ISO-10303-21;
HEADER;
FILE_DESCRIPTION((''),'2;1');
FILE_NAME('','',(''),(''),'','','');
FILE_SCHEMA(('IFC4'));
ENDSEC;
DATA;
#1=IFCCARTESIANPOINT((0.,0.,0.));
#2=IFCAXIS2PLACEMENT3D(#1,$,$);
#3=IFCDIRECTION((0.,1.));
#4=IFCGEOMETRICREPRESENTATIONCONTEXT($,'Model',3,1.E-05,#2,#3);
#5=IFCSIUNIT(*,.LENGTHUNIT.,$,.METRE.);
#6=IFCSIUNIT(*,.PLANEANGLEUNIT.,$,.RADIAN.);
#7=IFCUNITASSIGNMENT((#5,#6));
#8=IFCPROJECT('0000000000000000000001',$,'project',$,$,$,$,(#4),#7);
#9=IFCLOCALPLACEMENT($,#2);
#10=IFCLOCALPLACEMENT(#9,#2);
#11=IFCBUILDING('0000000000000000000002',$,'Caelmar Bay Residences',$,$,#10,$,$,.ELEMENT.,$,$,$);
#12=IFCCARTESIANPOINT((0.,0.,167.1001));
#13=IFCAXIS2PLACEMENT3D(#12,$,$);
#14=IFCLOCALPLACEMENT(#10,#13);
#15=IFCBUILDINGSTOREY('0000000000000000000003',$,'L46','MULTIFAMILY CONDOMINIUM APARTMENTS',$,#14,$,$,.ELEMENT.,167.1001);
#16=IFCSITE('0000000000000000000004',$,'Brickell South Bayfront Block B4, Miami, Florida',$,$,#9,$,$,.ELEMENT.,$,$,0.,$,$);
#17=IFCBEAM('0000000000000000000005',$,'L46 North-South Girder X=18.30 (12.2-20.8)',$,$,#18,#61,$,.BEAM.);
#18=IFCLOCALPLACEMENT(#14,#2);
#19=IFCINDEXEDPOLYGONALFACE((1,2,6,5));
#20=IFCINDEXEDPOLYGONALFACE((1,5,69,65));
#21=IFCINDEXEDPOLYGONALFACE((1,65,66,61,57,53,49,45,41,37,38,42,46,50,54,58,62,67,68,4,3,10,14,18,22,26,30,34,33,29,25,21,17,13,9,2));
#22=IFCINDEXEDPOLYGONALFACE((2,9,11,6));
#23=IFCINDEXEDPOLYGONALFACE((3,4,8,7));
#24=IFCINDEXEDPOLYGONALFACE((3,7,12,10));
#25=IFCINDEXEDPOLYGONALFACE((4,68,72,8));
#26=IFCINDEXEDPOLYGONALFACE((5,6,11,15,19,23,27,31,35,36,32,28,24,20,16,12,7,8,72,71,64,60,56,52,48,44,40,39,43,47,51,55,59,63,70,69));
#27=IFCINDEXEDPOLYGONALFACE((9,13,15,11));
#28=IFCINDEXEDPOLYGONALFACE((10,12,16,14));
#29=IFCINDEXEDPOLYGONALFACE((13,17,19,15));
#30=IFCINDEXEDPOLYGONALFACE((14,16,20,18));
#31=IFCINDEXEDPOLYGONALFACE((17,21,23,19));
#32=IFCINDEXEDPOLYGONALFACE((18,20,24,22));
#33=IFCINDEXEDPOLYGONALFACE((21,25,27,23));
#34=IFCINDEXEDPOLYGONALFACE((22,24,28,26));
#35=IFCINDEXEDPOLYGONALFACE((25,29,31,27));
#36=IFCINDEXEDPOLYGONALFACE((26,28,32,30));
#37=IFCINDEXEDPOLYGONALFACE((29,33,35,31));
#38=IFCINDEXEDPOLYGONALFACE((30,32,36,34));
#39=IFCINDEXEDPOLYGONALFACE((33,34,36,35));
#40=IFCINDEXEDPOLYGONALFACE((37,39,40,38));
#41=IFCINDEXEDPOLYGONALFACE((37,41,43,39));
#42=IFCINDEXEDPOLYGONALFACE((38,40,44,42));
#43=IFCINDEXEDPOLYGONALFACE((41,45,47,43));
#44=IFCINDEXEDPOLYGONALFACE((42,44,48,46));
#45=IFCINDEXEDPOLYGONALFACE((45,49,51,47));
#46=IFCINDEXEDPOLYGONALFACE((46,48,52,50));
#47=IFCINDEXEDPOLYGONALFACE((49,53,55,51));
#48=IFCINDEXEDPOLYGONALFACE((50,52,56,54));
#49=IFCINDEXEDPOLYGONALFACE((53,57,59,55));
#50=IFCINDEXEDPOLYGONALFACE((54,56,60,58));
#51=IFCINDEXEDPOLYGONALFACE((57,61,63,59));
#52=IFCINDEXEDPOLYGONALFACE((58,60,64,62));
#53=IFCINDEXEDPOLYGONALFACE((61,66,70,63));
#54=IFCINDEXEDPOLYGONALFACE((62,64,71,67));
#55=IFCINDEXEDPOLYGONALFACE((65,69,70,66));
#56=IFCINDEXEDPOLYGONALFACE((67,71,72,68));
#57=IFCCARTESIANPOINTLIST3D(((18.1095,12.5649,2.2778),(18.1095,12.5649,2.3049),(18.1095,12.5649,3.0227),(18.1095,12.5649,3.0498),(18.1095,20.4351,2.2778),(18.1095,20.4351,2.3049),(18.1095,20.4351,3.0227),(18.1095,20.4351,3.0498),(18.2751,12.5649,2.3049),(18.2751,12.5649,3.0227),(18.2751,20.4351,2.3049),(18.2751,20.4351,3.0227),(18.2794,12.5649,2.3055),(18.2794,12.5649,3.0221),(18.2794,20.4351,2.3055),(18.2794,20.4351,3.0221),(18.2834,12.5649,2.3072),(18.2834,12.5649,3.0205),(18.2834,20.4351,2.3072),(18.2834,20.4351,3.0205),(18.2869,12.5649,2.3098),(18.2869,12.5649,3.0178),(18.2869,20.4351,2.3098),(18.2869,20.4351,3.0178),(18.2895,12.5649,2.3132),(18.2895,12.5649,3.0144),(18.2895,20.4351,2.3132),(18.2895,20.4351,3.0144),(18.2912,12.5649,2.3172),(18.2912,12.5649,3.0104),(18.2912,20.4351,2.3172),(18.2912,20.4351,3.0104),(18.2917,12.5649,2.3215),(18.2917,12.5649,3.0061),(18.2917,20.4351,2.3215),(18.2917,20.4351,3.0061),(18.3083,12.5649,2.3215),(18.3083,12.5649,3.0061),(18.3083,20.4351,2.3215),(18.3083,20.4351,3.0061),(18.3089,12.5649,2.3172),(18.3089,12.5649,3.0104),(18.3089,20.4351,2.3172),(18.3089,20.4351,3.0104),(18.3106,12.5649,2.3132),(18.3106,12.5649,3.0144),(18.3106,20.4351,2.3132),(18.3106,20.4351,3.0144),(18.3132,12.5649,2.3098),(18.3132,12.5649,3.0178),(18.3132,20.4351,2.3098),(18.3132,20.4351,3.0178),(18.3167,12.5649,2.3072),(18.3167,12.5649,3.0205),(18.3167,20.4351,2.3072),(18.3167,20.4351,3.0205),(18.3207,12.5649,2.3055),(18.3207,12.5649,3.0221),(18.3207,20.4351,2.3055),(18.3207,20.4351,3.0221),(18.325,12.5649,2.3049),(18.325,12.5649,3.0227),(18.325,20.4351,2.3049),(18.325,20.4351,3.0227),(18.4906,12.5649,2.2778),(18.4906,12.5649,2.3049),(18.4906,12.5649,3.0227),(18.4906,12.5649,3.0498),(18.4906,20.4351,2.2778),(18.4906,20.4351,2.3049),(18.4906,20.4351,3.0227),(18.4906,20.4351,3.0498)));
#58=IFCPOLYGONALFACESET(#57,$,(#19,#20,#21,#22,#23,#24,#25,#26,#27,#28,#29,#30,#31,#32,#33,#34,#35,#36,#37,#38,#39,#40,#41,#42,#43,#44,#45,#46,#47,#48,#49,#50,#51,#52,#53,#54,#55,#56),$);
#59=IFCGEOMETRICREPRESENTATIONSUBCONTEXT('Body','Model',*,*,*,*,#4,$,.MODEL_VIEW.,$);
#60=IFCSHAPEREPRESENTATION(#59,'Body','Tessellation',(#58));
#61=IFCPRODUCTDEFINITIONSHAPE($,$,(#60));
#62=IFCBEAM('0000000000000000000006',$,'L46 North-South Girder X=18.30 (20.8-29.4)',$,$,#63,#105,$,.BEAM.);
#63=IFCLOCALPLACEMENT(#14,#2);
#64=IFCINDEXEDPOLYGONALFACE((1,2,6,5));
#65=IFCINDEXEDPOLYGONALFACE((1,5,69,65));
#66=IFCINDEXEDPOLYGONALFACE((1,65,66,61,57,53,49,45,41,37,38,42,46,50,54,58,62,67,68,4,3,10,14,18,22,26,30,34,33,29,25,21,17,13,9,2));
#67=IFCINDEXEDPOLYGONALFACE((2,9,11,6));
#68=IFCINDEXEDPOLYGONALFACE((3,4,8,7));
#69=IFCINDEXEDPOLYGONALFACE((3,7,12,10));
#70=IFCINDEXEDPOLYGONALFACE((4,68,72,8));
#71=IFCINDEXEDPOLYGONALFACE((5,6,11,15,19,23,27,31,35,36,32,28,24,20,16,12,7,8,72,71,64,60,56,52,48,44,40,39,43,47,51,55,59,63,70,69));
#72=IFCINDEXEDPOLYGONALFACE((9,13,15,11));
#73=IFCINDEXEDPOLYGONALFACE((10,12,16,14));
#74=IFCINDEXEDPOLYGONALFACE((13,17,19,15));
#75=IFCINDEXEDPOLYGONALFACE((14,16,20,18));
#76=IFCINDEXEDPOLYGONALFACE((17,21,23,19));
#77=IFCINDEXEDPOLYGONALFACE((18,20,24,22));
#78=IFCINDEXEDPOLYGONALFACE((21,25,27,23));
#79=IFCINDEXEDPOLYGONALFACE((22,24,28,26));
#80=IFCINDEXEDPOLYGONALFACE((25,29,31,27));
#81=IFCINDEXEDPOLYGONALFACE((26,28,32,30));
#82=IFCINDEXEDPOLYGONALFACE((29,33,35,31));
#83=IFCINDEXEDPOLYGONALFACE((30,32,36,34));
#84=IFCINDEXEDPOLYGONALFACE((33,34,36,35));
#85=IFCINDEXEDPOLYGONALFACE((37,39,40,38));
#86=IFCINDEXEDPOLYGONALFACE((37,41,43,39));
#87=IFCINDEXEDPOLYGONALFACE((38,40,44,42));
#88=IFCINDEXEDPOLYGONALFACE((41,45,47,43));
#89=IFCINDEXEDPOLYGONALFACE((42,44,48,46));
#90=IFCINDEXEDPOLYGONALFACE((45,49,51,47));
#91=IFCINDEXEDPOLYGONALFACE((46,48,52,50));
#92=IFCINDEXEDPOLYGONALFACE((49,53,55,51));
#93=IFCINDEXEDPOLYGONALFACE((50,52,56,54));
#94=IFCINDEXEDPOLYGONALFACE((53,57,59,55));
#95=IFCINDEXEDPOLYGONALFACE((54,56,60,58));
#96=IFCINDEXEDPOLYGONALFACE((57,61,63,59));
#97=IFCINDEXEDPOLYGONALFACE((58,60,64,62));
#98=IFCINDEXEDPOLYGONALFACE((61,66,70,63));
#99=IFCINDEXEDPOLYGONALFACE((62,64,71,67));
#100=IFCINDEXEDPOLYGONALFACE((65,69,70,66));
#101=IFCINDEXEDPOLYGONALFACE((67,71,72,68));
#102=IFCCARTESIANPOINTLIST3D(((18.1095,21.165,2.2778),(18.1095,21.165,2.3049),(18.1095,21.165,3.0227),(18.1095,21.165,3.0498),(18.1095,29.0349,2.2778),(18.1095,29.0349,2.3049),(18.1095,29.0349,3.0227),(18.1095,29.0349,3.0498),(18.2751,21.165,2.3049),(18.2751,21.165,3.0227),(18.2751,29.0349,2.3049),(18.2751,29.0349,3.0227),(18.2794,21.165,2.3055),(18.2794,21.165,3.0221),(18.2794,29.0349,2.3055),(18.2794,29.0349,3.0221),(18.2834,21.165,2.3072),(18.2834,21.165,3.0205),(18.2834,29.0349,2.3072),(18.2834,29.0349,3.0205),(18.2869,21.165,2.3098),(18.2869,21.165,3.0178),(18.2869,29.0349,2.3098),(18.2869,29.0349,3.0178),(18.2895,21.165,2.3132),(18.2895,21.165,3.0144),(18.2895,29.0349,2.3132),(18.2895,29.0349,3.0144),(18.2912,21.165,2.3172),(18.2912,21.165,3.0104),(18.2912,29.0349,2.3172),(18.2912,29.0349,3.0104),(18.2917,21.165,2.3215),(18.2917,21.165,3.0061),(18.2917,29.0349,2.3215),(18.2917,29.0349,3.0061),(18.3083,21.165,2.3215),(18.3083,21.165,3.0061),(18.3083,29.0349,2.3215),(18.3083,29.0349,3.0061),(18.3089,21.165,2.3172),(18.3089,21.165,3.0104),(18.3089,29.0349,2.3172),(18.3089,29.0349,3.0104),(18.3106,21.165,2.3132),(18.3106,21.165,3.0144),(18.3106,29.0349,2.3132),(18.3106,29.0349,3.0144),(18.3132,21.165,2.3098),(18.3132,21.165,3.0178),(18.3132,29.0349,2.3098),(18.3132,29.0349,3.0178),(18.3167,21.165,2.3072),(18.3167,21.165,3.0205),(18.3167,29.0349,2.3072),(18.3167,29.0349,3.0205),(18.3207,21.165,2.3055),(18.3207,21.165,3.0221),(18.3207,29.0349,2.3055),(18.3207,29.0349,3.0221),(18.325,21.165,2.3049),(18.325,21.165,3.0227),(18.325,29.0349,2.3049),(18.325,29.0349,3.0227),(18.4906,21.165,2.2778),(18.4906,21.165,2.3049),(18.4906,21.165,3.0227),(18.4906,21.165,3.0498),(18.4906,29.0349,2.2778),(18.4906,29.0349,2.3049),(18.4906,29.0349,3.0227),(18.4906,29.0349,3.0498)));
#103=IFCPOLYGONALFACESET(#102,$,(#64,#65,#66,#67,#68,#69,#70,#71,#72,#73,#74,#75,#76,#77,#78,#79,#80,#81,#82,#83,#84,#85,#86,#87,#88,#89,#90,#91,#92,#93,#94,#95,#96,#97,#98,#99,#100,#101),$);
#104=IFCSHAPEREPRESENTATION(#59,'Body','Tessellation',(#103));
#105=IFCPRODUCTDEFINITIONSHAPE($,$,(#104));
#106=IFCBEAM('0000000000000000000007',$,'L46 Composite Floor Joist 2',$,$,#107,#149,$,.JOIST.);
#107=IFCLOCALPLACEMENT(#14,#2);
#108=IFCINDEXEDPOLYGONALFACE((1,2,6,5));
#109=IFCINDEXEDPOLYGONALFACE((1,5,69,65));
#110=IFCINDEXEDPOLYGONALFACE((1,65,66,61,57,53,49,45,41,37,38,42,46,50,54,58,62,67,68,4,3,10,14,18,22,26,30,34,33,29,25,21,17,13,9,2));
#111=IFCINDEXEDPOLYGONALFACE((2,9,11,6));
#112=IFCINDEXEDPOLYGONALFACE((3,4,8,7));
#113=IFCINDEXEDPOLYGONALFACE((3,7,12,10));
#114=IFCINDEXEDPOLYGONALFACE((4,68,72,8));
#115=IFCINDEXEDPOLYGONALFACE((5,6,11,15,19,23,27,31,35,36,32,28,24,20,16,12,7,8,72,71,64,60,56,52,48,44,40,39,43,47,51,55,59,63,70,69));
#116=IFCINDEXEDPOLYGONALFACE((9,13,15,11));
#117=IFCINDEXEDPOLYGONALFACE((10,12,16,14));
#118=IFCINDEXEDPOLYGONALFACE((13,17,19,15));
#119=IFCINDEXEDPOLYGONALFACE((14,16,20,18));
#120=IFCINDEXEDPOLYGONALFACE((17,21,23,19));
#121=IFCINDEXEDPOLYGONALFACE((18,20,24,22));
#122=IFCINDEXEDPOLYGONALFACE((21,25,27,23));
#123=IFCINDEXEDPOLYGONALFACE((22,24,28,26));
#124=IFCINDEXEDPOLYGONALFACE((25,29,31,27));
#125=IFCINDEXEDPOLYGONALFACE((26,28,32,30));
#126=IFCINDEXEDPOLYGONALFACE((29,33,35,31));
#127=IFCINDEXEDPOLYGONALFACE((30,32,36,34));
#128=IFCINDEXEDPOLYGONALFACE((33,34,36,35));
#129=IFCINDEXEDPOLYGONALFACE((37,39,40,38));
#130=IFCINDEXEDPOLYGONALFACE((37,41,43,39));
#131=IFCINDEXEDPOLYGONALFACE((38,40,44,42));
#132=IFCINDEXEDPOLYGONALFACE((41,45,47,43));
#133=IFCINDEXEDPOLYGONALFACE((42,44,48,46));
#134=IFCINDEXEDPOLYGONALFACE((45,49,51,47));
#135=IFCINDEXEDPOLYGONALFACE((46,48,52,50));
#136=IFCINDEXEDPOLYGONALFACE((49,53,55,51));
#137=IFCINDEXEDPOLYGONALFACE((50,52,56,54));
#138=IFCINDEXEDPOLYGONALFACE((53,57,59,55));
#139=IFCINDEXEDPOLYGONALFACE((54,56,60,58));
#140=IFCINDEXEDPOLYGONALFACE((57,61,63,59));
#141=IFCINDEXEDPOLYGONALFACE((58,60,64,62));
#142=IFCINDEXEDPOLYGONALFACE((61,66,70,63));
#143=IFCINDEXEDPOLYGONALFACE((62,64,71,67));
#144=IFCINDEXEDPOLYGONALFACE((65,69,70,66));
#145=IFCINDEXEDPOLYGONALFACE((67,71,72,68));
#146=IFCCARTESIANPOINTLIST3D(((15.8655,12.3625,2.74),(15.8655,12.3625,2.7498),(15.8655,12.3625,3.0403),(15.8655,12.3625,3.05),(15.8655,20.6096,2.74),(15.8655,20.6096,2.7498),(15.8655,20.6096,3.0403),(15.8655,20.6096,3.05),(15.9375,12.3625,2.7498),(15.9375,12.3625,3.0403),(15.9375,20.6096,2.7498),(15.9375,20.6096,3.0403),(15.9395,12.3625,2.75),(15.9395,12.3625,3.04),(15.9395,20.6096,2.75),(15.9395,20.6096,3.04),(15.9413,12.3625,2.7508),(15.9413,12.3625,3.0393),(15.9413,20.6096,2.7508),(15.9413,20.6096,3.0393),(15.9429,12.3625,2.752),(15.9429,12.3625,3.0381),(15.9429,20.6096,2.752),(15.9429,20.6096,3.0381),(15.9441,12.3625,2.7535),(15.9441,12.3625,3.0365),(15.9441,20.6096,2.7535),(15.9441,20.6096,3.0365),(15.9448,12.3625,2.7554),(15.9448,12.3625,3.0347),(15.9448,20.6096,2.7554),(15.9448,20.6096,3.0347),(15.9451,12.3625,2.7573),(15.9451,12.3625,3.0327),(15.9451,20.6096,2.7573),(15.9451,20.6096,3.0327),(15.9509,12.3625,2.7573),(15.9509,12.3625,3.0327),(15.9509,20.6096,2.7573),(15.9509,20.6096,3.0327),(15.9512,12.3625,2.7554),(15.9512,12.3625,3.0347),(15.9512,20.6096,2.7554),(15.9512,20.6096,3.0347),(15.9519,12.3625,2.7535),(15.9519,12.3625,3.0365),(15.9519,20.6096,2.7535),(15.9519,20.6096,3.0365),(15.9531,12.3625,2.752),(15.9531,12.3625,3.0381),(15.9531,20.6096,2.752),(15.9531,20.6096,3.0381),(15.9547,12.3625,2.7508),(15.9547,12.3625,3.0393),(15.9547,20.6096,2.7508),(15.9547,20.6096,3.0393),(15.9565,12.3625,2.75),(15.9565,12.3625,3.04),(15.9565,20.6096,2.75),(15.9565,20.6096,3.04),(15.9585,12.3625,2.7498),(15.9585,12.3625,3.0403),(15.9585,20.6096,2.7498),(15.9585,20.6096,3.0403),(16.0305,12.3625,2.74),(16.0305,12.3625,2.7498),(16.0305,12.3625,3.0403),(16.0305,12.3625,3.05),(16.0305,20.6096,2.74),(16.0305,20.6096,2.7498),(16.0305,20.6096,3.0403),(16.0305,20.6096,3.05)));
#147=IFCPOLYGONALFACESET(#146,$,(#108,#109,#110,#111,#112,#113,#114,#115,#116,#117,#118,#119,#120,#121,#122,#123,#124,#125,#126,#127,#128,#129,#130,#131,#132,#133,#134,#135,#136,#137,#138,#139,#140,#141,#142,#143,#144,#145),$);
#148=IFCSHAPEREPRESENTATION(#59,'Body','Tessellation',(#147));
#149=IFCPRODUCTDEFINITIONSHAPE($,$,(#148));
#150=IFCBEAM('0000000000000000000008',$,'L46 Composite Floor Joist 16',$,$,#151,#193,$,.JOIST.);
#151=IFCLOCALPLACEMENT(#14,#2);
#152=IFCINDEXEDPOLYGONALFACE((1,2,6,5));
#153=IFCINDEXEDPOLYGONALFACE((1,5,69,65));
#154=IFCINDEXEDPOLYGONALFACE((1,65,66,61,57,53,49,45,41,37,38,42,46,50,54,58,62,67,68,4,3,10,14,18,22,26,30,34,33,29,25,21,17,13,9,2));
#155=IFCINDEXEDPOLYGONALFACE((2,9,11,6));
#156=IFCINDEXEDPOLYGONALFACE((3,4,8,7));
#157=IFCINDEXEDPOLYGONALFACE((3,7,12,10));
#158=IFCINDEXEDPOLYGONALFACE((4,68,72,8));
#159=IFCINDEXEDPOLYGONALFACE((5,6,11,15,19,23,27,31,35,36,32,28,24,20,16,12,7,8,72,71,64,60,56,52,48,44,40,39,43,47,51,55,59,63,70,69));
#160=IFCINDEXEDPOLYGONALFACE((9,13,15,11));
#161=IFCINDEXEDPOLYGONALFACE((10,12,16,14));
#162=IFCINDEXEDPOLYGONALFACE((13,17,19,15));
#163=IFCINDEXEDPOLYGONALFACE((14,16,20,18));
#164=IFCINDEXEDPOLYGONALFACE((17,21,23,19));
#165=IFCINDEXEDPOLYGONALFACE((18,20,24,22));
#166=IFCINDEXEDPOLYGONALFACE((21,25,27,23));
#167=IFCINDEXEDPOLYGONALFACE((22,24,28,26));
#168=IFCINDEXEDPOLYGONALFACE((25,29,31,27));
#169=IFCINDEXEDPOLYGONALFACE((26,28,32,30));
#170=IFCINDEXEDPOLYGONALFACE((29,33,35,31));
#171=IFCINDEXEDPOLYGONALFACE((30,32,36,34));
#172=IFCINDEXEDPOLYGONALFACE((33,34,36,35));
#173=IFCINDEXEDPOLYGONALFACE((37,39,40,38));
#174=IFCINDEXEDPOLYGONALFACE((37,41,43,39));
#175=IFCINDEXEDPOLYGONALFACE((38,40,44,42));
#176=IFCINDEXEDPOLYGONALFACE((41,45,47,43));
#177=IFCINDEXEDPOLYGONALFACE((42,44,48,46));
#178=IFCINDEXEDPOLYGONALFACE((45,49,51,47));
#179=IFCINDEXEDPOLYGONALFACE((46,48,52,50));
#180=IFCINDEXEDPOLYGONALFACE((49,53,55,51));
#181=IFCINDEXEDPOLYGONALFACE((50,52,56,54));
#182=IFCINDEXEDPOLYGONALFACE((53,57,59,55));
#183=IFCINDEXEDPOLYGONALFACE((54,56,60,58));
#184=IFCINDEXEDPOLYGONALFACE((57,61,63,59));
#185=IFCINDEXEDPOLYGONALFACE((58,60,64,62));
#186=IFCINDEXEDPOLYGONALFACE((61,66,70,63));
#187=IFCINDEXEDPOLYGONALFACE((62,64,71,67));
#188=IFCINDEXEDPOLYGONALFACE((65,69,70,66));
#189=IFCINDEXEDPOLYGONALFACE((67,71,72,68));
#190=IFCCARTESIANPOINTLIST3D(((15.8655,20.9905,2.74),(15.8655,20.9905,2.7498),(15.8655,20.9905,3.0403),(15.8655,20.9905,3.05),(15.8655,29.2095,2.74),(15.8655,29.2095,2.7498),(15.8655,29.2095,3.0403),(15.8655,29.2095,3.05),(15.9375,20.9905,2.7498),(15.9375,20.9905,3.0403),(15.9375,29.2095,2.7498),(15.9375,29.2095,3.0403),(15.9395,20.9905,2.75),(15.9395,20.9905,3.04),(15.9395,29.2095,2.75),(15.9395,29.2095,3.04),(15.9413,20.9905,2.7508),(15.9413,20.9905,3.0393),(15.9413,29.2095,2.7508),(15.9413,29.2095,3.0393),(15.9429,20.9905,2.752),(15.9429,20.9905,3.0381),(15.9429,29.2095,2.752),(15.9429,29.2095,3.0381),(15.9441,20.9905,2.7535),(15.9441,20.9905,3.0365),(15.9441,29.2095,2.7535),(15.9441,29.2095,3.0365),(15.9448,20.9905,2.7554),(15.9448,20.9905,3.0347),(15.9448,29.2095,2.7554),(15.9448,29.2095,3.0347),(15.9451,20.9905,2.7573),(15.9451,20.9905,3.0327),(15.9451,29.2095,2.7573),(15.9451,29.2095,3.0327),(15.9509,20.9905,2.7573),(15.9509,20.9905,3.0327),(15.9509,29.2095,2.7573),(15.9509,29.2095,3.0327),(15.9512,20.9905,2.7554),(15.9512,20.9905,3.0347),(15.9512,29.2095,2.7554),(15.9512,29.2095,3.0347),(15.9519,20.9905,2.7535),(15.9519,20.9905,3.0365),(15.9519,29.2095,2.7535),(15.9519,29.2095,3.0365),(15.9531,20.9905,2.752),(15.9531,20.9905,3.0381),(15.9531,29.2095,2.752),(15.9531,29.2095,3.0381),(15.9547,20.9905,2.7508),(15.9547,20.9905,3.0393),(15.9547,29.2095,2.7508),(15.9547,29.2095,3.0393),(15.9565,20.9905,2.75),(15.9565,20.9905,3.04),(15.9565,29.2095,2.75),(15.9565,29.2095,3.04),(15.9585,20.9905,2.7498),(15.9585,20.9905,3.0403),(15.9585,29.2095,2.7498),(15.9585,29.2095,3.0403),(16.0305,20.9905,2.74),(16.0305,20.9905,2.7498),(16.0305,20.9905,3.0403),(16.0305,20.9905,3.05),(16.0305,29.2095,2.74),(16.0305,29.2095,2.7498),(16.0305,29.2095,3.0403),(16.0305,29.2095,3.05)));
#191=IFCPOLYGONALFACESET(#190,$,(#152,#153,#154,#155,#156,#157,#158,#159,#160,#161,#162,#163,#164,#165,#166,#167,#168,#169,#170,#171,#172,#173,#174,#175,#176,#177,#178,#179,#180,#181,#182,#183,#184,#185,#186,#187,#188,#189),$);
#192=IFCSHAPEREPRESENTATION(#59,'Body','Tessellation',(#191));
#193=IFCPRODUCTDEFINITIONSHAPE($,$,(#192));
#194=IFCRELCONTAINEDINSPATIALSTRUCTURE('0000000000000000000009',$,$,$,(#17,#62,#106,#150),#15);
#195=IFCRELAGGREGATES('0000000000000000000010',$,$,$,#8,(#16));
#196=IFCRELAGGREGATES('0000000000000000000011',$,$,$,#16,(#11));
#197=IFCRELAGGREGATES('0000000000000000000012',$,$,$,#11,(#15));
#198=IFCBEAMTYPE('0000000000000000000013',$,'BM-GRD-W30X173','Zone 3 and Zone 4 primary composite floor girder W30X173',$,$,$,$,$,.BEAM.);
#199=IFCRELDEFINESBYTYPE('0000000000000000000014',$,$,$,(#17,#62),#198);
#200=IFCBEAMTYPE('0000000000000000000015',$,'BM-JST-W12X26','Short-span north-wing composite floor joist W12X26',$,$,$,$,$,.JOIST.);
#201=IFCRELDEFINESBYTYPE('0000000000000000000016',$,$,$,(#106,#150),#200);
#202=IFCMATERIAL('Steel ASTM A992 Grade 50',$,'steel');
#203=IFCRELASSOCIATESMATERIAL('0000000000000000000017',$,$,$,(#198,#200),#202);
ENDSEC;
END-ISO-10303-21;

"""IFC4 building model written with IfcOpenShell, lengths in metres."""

from ifc_helpers import new_model, si_unit, direction, frame, origin, origin_2d, place, context, subcontext, project, spatial, i_section, extrude, material, material_profile, profile_set, type_object, element, save


model = new_model("IFC4")

# Units and contexts
model_context = context("Model", 3, precision=1e-05, world=origin(), true_north=direction((0.0, 1.0)))
body_context = subcontext(model_context, "Body", "Model", "MODEL_VIEW")
ifc_project = project(units=[si_unit("LENGTHUNIT", "METRE"), si_unit("PLANEANGLEUNIT", "RADIAN")], contexts=[model_context])

# Site, building, storey
site_placement = place(None, origin())
site = spatial("IfcSite", under=ifc_project, at=site_placement, Name="Brickell South Bayfront Block B4, Miami, Florida", CompositionType="ELEMENT", RefElevation=0.0)
building_placement = place(site_placement, origin())
building = spatial("IfcBuilding", under=site, at=building_placement, Name="Caelmar Bay Residences", CompositionType="ELEMENT")
storey_placement = place(building_placement, frame((0.0, 0.0, 167.1001)))
storey = spatial("IfcBuildingStorey", under=building, at=storey_placement, Name="L46", Description="MULTIFAMILY CONDOMINIUM APARTMENTS", CompositionType="ELEMENT", Elevation=167.1001)

# Beams
ifc_material_1 = material(Name="Steel ASTM A992 Grade 50", Category="steel")
ifc_material_profile_1 = material_profile(ifc_material_1, i_section(OverallWidth=0.3811, OverallDepth=0.772, WebThickness=0.0166, FlangeThickness=0.0271, FilletRadius=0.0166, at=origin_2d()), Name="W30X173")
ifc_profile_set_1 = profile_set([ifc_material_profile_1], Name="Steel ASTM A992 Grade 50")
beam_type_1 = type_object("IfcBeamType", Name="BM-GRD-W30X173", Description="Zone 3 and Zone 4 primary composite floor girder W30X173", PredefinedType="BEAM", material=ifc_profile_set_1)
beam_1_placement = place(storey_placement, frame((18.3, 12.5649, 2.6638), z_axis=(0.0, 1.0, 0.0), x_axis=(-1.0, 0.0, 0.0)))
element("IfcBeam", 1, at=beam_1_placement, inside=storey, type_object=beam_type_1, Name="L46 North-South Girder X=18.30 (12.2-20.8)", PredefinedType="BEAM", context=body_context, shape_type="SweptSolid", body=[
    extrude(i_section(OverallWidth=0.3811, OverallDepth=0.772, WebThickness=0.0166, FlangeThickness=0.0271, FilletRadius=0.0166, at=origin_2d()), origin(), (0.0, 0.0, 1.0), 7.8701),
])
beam_2_placement = place(storey_placement, frame((18.3, 21.165, 2.6638), z_axis=(0.0, 1.0, 0.0), x_axis=(-1.0, 0.0, 0.0)))
element("IfcBeam", 2, at=beam_2_placement, inside=storey, type_object=beam_type_1, Name="L46 North-South Girder X=18.30 (20.8-29.4)", PredefinedType="BEAM", context=body_context, shape_type="SweptSolid", body=[
    extrude(i_section(OverallWidth=0.3811, OverallDepth=0.772, WebThickness=0.0166, FlangeThickness=0.0271, FilletRadius=0.0166, at=origin_2d()), origin(), (0.0, 0.0, 1.0), 7.8699),
])
ifc_material_profile_2 = material_profile(ifc_material_1, i_section(OverallWidth=0.165, OverallDepth=0.3101, WebThickness=0.0059, FlangeThickness=0.0098, FilletRadius=0.0076, at=origin_2d()), Name="W12X26")
ifc_profile_set_2 = profile_set([ifc_material_profile_2], Name="Steel ASTM A992 Grade 50")
beam_type_2 = type_object("IfcBeamType", Name="BM-JST-W12X26", Description="Short-span north-wing composite floor joist W12X26", PredefinedType="JOIST", material=ifc_profile_set_2)
beam_3_placement = place(storey_placement, frame((15.948, 12.3625, 2.895), z_axis=(0.0, 1.0, 0.0), x_axis=(-1.0, 0.0, 0.0)))
element("IfcBeam", 3, at=beam_3_placement, inside=storey, type_object=beam_type_2, Name="L46 Composite Floor Joist 2", PredefinedType="JOIST", context=body_context, shape_type="SweptSolid", body=[
    extrude(i_section(OverallWidth=0.165, OverallDepth=0.3101, WebThickness=0.0059, FlangeThickness=0.0098, FilletRadius=0.0076, at=origin_2d()), origin(), (0.0, 0.0, 1.0), 8.2471),
])
beam_4_placement = place(storey_placement, frame((15.948, 20.9905, 2.895), z_axis=(0.0, 1.0, 0.0), x_axis=(-1.0, 0.0, 0.0)))
element("IfcBeam", 4, at=beam_4_placement, inside=storey, type_object=beam_type_2, Name="L46 Composite Floor Joist 16", PredefinedType="JOIST", context=body_context, shape_type="SweptSolid", body=[
    extrude(i_section(OverallWidth=0.165, OverallDepth=0.3101, WebThickness=0.0059, FlangeThickness=0.0098, FilletRadius=0.0076, at=origin_2d()), origin(), (0.0, 0.0, 1.0), 8.219),
])

save(model, "model.ifc")
